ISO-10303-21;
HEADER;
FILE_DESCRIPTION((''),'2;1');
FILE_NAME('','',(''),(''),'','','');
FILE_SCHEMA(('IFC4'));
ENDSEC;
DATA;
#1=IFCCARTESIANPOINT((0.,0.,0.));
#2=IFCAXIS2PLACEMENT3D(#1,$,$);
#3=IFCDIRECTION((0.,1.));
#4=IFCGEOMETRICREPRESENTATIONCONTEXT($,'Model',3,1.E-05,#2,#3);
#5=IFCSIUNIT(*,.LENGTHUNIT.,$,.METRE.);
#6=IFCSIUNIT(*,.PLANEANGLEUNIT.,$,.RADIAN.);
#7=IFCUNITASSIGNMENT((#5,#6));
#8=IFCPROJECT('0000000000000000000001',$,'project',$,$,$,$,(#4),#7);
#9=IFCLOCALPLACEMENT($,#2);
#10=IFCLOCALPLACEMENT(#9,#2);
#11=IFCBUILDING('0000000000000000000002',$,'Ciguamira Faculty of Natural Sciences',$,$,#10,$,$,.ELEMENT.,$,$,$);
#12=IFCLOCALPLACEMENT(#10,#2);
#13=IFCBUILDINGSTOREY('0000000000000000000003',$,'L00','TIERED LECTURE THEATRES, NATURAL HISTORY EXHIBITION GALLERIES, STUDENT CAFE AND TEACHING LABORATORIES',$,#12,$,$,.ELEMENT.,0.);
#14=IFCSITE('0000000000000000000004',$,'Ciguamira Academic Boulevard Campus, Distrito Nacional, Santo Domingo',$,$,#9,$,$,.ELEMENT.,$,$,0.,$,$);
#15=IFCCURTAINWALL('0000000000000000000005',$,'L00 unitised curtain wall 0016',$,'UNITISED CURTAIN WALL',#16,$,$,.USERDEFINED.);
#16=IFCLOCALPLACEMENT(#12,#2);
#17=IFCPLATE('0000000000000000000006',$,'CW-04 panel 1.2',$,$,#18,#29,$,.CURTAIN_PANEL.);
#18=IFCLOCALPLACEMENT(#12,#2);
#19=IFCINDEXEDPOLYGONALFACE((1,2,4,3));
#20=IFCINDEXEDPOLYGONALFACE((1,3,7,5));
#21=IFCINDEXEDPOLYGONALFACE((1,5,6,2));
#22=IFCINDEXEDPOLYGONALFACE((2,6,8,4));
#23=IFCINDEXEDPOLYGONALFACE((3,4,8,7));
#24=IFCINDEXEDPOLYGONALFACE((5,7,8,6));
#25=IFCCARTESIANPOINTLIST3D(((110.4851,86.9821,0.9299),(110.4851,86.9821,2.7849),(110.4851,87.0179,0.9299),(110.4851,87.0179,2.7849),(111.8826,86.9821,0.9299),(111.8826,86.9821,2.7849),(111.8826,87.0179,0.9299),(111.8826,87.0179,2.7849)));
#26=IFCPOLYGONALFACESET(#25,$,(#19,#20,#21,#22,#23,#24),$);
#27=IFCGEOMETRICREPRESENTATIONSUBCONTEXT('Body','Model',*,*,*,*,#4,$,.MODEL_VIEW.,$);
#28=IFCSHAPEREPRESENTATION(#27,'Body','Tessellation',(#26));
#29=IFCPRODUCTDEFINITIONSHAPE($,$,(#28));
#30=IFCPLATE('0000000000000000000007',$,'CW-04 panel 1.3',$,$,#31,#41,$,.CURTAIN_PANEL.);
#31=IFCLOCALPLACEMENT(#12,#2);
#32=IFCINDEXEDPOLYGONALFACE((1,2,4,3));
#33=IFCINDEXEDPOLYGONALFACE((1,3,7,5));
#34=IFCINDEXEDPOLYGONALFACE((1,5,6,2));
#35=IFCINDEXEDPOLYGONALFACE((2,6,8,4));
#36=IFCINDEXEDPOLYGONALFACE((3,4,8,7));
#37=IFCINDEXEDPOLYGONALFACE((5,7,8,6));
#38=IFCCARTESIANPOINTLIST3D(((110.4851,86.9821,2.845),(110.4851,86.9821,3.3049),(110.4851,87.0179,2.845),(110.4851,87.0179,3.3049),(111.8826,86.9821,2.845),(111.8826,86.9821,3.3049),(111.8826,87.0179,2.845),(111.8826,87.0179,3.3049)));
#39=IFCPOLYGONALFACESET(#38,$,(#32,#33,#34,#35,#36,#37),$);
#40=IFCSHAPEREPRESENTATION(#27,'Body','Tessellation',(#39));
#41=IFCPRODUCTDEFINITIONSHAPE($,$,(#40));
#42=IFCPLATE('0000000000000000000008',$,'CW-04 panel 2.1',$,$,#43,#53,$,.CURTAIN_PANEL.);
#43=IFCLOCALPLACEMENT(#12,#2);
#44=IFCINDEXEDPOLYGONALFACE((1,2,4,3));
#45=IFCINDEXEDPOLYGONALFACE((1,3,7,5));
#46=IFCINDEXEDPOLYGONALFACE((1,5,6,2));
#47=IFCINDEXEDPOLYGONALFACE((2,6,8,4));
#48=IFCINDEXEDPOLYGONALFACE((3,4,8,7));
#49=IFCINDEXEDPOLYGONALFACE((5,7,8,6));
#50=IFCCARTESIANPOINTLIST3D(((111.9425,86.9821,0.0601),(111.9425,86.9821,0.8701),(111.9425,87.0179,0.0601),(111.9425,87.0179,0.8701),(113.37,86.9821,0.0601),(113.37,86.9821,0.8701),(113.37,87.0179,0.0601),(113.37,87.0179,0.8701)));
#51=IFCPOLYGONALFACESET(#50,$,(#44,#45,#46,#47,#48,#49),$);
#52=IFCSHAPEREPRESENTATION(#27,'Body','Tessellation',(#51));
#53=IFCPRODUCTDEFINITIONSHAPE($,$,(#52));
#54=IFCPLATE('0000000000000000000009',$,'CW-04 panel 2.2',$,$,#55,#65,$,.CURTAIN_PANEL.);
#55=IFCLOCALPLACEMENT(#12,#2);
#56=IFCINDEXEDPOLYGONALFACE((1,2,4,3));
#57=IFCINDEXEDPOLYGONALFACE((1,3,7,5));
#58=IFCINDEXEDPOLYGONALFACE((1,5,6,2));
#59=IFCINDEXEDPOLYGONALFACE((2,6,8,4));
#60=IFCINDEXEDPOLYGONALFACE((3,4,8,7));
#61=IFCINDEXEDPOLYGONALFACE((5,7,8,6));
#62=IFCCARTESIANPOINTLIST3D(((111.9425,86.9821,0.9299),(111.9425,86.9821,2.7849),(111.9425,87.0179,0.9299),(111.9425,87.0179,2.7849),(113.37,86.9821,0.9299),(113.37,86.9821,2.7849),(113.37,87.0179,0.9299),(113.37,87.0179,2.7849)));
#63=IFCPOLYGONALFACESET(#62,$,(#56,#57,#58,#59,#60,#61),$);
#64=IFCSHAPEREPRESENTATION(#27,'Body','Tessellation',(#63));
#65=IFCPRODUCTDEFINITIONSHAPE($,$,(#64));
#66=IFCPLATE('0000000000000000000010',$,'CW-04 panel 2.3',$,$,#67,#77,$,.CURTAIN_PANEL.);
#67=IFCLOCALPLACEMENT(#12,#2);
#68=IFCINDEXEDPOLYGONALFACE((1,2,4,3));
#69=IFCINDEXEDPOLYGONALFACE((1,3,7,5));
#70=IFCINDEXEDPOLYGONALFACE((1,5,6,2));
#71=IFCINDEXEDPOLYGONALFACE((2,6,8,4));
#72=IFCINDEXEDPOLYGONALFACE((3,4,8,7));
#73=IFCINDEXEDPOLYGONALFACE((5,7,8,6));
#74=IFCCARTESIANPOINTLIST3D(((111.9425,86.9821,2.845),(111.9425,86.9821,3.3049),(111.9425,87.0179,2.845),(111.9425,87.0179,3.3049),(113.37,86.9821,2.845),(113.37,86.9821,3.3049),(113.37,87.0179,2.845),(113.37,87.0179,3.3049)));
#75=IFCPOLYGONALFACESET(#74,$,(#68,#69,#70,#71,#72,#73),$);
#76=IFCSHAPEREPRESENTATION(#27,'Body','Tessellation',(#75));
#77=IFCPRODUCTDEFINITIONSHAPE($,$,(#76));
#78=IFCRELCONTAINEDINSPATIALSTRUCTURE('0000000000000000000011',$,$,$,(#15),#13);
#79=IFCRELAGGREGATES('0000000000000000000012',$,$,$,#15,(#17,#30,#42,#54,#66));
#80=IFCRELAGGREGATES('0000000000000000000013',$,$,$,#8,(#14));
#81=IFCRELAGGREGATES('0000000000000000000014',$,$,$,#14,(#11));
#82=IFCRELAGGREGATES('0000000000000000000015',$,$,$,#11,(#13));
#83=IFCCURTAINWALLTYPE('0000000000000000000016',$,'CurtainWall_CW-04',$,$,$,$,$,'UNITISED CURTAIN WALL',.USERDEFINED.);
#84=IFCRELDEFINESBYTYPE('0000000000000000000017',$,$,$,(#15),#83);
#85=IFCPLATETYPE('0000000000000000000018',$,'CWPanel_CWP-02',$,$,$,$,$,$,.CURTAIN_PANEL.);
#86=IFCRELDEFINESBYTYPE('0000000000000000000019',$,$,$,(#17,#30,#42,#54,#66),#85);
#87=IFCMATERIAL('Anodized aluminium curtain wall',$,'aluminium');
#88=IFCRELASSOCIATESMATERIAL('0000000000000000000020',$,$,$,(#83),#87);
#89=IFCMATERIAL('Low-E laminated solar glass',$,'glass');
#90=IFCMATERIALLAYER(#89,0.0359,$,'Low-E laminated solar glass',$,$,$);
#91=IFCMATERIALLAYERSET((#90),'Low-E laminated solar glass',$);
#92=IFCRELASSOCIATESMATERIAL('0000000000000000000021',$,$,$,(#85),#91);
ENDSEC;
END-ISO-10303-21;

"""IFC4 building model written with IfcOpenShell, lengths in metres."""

from ifc_helpers import new_model, si_unit, direction, frame, origin, origin_2d, place, context, subcontext, project, spatial, rectangle, extrude, material, layer, layer_set, type_object, element, aggregate, save


model = new_model("IFC4")

# Units and contexts
model_context = context("Model", 3, precision=1e-05, world=origin(), true_north=direction((0.0, 1.0)))
body_context = subcontext(model_context, "Body", "Model", "MODEL_VIEW")
ifc_project = project(units=[si_unit("LENGTHUNIT", "METRE"), si_unit("PLANEANGLEUNIT", "RADIAN")], contexts=[model_context])

# Site, building, storey
site_placement = place(None, origin())
site = spatial("IfcSite", under=ifc_project, at=site_placement, Name="Ciguamira Academic Boulevard Campus, Distrito Nacional, Santo Domingo", CompositionType="ELEMENT", RefElevation=0.0)
building_placement = place(site_placement, origin())
building = spatial("IfcBuilding", under=site, at=building_placement, Name="Ciguamira Faculty of Natural Sciences", CompositionType="ELEMENT")
storey_placement = place(building_placement, origin())
storey = spatial("IfcBuildingStorey", under=building, at=storey_placement, Name="L00", Description="TIERED LECTURE THEATRES, NATURAL HISTORY EXHIBITION GALLERIES, STUDENT CAFE AND TEACHING LABORATORIES", CompositionType="ELEMENT", Elevation=0.0)

# Curtain wall, plates
ifc_material_1 = material(Name="Anodized aluminium curtain wall", Category="aluminium")
curtain_wall_type = type_object("IfcCurtainWallType", Name="CurtainWall_CW-04", ElementType="UNITISED CURTAIN WALL", PredefinedType="USERDEFINED", material=ifc_material_1)
curtain_wall_placement = place(storey_placement, origin())
curtain_wall = element("IfcCurtainWall", 1, at=curtain_wall_placement, inside=storey, type_object=curtain_wall_type, Name="L00 unitised curtain wall 0016", ObjectType="UNITISED CURTAIN WALL", PredefinedType="USERDEFINED")
ifc_material_2 = material(Name="Low-E laminated solar glass", Category="glass")
ifc_layer = layer(ifc_material_2, 0.0359, Name="Low-E laminated solar glass")
ifc_layer_set = layer_set([ifc_layer], Name="Low-E laminated solar glass")
plate_type = type_object("IfcPlateType", Name="CWPanel_CWP-02", PredefinedType="CURTAIN_PANEL", material=ifc_layer_set)
plate_1_placement = place(storey_placement, frame((111.1838, 87.0, 0.9299), z_axis=(0.0, 0.0, 1.0), x_axis=(1.0, 0.0, 0.0)))
plate_1 = element("IfcPlate", 2, at=plate_1_placement, type_object=plate_type, Name="CW-04 panel 1.2", PredefinedType="CURTAIN_PANEL", context=body_context, shape_type="SweptSolid", body=[
    extrude(rectangle(XDim=1.3975, YDim=0.0359, at=origin_2d()), origin(), (0.0, 0.0, 1.0), 1.855),
])
plate_2_placement = place(storey_placement, frame((111.1838, 87.0, 2.845), z_axis=(0.0, 0.0, 1.0), x_axis=(1.0, 0.0, 0.0)))
plate_2 = element("IfcPlate", 3, at=plate_2_placement, type_object=plate_type, Name="CW-04 panel 1.3", PredefinedType="CURTAIN_PANEL", context=body_context, shape_type="SweptSolid", body=[
    extrude(rectangle(XDim=1.3975, YDim=0.0359, at=origin_2d()), origin(), (0.0, 0.0, 1.0), 0.46),
])
plate_3_placement = place(storey_placement, frame((112.6562, 87.0, 0.0601), z_axis=(0.0, 0.0, 1.0), x_axis=(1.0, 0.0, 0.0)))
plate_3 = element("IfcPlate", 4, at=plate_3_placement, type_object=plate_type, Name="CW-04 panel 2.1", PredefinedType="CURTAIN_PANEL", context=body_context, shape_type="SweptSolid", body=[
    extrude(rectangle(XDim=1.4275, YDim=0.0359, at=origin_2d()), origin(), (0.0, 0.0, 1.0), 0.8101),
])
plate_4_placement = place(storey_placement, frame((112.6562, 87.0, 0.9299), z_axis=(0.0, 0.0, 1.0), x_axis=(1.0, 0.0, 0.0)))
plate_4 = element("IfcPlate", 5, at=plate_4_placement, type_object=plate_type, Name="CW-04 panel 2.2", PredefinedType="CURTAIN_PANEL", context=body_context, shape_type="SweptSolid", body=[
    extrude(rectangle(XDim=1.4275, YDim=0.0359, at=origin_2d()), origin(), (0.0, 0.0, 1.0), 1.855),
])
plate_5_placement = place(storey_placement, frame((112.6562, 87.0, 2.845), z_axis=(0.0, 0.0, 1.0), x_axis=(1.0, 0.0, 0.0)))
plate_5 = element("IfcPlate", 6, at=plate_5_placement, type_object=plate_type, Name="CW-04 panel 2.3", PredefinedType="CURTAIN_PANEL", context=body_context, shape_type="SweptSolid", body=[
    extrude(rectangle(XDim=1.4275, YDim=0.0359, at=origin_2d()), origin(), (0.0, 0.0, 1.0), 0.46),
])
aggregate(curtain_wall, [plate_1, plate_2, plate_3, plate_4, plate_5])

save(model, "model.ifc")
